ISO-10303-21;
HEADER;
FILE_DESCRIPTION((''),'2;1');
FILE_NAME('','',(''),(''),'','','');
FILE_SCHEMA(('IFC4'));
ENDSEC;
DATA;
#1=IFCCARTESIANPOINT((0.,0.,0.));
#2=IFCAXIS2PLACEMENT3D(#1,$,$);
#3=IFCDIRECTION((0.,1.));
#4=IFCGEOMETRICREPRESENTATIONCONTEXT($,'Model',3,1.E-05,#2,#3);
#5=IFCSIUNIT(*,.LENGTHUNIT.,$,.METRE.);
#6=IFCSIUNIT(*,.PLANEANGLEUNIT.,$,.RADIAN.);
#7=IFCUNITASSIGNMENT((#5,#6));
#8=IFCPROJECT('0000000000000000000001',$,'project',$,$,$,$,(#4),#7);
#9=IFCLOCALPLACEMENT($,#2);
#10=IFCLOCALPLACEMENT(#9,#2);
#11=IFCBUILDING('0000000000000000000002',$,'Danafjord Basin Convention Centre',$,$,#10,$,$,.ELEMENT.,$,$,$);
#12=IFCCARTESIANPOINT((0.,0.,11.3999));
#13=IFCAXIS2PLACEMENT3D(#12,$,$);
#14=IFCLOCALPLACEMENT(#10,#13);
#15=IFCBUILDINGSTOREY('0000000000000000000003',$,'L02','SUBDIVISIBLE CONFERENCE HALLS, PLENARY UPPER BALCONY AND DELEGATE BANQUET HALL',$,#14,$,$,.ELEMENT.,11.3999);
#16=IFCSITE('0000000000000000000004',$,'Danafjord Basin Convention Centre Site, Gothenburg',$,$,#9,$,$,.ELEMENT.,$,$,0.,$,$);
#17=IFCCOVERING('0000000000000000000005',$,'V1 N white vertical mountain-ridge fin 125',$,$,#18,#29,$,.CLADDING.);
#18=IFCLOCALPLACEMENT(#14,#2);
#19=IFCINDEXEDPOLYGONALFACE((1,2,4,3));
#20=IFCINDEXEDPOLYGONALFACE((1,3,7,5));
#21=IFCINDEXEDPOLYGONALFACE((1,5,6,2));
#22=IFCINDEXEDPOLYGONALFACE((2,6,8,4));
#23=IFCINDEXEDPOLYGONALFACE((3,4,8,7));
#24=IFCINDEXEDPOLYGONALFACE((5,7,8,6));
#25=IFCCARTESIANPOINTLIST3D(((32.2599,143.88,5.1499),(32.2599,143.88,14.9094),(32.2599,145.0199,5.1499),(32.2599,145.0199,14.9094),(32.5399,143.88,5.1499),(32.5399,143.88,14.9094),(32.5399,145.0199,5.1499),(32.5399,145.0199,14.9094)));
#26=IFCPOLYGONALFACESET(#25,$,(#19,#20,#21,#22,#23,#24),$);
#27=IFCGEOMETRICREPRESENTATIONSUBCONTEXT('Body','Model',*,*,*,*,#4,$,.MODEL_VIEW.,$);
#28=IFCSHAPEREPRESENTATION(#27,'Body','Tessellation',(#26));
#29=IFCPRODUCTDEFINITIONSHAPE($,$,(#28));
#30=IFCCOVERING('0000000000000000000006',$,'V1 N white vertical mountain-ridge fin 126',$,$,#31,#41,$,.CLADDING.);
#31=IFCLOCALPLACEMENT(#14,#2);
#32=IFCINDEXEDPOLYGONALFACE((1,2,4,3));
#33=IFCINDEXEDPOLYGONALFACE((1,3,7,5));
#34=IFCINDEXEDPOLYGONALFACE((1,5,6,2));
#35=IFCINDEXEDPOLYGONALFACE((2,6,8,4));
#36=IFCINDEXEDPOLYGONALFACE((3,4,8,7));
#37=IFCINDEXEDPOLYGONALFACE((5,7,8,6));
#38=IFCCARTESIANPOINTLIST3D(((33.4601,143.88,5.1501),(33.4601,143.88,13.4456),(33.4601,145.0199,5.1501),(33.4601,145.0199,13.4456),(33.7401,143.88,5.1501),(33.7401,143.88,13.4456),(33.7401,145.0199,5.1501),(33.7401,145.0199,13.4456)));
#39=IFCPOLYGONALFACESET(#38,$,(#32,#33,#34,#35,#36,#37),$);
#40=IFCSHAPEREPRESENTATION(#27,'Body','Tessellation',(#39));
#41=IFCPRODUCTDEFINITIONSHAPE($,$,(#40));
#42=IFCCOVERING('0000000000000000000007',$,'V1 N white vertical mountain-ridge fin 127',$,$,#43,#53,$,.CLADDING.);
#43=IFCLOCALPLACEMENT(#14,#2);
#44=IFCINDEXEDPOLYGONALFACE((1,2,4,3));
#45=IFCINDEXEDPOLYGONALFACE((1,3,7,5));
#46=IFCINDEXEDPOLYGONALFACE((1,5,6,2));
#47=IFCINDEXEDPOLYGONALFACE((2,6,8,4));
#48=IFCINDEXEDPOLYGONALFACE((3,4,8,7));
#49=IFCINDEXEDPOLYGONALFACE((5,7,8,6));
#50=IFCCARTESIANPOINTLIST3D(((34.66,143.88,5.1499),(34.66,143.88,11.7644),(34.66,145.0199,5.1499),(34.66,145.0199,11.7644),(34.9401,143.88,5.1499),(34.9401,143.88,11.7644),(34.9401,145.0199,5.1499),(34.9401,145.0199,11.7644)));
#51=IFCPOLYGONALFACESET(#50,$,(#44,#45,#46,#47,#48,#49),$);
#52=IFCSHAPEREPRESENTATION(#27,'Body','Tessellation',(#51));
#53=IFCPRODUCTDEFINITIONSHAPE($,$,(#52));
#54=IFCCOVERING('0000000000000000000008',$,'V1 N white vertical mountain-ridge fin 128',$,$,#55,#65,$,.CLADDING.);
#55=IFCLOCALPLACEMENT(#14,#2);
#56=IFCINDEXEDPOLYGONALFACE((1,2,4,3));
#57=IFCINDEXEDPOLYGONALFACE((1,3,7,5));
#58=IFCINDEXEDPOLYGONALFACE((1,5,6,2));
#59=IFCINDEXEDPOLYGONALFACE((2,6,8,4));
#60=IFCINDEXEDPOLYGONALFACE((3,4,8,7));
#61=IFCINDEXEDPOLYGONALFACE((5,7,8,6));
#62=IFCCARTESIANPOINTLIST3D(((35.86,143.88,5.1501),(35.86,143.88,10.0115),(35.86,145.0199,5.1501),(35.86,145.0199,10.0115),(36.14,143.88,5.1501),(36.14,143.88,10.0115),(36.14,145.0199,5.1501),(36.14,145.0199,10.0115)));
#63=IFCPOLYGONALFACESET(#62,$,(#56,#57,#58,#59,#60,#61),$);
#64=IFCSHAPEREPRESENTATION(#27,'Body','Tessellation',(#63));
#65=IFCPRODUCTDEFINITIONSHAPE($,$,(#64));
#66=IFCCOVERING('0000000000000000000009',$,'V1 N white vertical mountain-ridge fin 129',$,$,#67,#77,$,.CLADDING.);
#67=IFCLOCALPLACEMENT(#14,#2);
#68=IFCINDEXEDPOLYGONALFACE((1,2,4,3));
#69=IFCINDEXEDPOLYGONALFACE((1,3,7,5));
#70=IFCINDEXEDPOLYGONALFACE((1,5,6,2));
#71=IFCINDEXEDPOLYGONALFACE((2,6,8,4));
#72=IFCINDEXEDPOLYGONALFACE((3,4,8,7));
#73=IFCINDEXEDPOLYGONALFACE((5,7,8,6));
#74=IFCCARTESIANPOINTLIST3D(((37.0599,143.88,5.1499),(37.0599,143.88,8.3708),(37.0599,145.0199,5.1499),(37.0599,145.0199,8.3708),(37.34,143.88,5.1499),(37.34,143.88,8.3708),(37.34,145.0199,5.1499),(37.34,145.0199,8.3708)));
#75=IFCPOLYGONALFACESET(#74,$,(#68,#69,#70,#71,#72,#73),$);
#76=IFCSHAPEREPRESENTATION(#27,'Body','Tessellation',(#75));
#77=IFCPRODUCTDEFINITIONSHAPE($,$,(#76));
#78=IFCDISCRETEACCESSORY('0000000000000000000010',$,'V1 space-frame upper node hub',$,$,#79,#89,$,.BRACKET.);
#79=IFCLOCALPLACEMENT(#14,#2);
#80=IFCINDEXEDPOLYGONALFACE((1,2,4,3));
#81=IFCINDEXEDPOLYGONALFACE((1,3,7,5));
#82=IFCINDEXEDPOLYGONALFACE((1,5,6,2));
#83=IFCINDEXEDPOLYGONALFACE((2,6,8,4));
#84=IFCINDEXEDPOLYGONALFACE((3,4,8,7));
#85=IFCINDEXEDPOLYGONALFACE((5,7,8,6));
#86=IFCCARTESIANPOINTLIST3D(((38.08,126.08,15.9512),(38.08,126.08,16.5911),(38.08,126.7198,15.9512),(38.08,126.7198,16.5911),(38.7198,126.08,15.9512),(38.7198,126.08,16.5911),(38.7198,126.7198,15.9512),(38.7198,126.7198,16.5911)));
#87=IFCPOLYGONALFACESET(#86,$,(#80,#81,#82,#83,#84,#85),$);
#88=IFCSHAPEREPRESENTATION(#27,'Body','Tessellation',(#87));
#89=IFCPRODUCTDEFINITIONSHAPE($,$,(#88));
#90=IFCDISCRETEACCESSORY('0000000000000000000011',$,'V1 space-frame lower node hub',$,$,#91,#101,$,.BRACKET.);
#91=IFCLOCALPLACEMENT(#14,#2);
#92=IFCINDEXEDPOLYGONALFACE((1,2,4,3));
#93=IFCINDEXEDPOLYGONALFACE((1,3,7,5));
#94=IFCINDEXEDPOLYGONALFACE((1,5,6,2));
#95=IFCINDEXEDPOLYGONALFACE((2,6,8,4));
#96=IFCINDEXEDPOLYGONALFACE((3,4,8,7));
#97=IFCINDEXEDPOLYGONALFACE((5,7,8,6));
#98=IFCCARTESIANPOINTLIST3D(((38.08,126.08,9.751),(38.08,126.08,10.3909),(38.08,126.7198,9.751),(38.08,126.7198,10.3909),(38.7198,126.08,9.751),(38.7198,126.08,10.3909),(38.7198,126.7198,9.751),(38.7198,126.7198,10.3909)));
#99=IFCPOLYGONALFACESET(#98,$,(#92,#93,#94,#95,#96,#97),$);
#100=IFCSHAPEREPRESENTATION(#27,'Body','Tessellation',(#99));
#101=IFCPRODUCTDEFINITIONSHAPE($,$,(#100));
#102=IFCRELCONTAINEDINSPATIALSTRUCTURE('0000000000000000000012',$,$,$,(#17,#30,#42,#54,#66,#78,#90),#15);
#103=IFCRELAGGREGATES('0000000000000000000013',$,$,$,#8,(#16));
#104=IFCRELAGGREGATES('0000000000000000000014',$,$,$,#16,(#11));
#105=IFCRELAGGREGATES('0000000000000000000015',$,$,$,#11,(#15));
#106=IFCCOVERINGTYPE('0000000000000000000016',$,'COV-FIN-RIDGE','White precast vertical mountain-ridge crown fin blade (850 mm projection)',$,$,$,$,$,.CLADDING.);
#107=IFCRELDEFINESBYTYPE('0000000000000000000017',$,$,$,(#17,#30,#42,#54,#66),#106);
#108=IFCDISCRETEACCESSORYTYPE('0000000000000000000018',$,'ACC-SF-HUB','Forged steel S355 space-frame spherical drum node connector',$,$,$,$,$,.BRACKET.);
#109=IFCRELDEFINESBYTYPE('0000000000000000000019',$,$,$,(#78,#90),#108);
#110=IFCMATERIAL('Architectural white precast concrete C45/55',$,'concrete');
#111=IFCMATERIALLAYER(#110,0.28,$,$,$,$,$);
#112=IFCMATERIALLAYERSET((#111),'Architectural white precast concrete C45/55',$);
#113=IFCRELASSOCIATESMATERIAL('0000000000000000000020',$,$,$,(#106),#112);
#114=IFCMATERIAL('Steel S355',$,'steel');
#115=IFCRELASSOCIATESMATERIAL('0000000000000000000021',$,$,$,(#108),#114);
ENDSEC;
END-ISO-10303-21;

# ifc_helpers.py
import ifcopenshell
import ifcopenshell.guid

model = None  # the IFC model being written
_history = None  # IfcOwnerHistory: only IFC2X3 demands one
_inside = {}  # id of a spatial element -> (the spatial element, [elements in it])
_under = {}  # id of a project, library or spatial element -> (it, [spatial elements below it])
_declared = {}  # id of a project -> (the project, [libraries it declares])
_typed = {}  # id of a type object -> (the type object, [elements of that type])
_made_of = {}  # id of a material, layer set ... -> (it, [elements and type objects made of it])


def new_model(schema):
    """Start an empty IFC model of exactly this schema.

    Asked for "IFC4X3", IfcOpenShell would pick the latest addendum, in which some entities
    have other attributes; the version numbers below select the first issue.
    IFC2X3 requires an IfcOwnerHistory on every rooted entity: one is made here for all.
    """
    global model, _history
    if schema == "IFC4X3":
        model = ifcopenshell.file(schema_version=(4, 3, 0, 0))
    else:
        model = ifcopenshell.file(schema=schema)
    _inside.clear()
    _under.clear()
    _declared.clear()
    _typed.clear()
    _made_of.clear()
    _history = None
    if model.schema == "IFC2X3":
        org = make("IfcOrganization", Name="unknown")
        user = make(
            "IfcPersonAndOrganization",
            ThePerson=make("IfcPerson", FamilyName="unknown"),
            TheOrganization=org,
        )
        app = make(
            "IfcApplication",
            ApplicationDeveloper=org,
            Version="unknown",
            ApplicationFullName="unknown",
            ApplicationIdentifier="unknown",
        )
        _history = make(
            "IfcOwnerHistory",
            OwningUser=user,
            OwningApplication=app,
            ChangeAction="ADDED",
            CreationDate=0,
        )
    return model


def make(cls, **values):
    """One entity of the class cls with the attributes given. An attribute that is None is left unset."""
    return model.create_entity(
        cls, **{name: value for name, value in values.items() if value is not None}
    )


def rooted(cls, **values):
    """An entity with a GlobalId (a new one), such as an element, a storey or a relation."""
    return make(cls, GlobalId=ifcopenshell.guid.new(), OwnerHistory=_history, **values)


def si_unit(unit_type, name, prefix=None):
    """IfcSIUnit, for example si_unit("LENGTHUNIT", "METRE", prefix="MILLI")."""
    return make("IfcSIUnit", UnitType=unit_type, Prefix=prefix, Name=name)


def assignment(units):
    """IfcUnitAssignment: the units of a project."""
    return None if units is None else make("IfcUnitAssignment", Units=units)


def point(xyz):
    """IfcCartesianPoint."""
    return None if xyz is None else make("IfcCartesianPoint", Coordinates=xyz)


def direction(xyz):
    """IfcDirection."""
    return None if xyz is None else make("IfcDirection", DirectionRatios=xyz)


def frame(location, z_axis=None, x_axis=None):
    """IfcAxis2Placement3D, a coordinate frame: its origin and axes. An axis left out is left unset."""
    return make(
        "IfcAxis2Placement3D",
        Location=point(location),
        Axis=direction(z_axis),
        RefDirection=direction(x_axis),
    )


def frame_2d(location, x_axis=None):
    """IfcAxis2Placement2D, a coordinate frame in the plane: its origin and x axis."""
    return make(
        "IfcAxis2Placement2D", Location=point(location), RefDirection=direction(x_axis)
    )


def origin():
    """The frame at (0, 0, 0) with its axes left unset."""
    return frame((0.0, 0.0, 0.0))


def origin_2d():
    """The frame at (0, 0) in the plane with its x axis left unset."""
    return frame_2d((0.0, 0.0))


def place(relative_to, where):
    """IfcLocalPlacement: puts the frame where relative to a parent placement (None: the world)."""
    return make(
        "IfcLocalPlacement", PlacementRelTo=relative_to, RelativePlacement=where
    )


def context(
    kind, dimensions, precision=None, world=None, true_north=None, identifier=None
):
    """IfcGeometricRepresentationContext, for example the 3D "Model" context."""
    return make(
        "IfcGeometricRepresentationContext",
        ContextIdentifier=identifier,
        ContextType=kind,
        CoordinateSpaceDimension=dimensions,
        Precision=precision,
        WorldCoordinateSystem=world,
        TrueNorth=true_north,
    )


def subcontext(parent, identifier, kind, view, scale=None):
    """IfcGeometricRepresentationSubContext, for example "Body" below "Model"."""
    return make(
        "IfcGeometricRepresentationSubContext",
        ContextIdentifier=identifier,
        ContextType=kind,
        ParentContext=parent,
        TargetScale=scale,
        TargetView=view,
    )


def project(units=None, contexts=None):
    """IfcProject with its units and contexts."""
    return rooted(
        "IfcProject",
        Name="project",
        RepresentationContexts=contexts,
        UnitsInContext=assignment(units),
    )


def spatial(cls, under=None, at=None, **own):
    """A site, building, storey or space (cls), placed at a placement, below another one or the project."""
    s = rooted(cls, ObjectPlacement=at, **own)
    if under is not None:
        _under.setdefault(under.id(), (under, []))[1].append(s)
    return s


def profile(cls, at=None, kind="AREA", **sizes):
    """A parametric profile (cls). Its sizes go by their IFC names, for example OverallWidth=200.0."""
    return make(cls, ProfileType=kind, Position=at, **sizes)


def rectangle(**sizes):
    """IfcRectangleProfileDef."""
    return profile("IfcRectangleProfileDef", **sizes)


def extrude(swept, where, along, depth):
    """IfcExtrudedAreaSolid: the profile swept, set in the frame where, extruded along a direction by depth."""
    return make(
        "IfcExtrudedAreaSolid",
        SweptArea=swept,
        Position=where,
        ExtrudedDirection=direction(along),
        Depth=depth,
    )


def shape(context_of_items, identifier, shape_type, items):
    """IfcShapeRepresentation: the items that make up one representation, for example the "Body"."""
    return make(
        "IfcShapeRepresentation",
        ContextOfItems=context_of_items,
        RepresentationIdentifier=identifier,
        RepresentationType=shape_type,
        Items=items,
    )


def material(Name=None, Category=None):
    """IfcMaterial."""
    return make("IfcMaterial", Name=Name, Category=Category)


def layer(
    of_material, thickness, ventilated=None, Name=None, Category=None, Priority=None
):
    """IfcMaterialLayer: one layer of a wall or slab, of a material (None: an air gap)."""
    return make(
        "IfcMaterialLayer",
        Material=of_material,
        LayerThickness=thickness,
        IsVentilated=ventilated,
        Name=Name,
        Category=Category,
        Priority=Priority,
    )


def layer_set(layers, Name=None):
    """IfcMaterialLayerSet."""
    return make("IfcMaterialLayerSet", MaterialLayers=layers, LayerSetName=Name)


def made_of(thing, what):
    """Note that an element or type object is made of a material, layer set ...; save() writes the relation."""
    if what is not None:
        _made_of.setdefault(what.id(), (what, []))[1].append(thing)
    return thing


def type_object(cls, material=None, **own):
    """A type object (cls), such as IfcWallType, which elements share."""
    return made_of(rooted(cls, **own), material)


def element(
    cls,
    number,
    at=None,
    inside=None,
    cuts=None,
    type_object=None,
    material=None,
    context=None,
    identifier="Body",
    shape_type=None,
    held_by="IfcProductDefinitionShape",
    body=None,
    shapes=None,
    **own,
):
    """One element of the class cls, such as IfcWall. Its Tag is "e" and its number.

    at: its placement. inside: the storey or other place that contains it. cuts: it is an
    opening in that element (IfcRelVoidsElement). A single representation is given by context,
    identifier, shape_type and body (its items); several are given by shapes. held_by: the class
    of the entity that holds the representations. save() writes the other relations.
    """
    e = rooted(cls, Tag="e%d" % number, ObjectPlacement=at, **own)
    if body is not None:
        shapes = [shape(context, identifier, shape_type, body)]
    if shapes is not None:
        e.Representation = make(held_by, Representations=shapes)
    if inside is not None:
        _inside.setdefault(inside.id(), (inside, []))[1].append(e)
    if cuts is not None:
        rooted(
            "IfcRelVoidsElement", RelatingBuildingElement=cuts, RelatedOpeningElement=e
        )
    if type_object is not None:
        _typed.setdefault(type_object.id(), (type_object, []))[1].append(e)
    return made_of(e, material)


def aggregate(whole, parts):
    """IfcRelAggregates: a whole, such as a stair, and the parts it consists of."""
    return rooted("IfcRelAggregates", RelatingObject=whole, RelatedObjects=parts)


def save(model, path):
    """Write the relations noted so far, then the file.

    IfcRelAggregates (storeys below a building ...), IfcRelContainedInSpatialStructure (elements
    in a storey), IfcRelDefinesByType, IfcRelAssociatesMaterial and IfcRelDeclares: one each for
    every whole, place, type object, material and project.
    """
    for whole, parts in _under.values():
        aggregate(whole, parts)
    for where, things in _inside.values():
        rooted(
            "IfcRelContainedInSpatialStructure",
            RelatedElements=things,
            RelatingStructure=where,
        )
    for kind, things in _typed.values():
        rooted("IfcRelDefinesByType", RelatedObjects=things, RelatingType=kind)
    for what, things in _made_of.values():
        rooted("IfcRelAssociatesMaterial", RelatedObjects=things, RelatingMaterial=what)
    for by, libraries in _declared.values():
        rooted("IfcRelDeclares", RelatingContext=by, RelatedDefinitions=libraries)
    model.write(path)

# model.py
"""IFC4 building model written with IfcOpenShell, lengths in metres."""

from ifc_helpers import new_model, si_unit, direction, frame, origin, origin_2d, place, context, subcontext, project, spatial, rectangle, extrude, material, layer, layer_set, type_object, element, save


model = new_model("IFC4")

# Units and contexts
model_context = context("Model", 3, precision=1e-05, world=origin(), true_north=direction((0.0, 1.0)))
body_context = subcontext(model_context, "Body", "Model", "MODEL_VIEW")
ifc_project = project(units=[si_unit("LENGTHUNIT", "METRE"), si_unit("PLANEANGLEUNIT", "RADIAN")], contexts=[model_context])

# Site, building, storey
site_placement = place(None, origin())
site = spatial("IfcSite", under=ifc_project, at=site_placement, Name="Danafjord Basin Convention Centre Site, Gothenburg", CompositionType="ELEMENT", RefElevation=0.0)
building_placement = place(site_placement, origin())
building = spatial("IfcBuilding", under=site, at=building_placement, Name="Danafjord Basin Convention Centre", CompositionType="ELEMENT")
storey_placement = place(building_placement, frame((0.0, 0.0, 11.3999)))
storey = spatial("IfcBuildingStorey", under=building, at=storey_placement, Name="L02", Description="SUBDIVISIBLE CONFERENCE HALLS, PLENARY UPPER BALCONY AND DELEGATE BANQUET HALL", CompositionType="ELEMENT", Elevation=11.3999)

# Shared definitions
ifc_material_1 = material(Name="Steel S355", Category="steel")

# Coverings
ifc_material_2 = material(Name="Architectural white precast concrete C45/55", Category="concrete")
ifc_layer_1 = layer(ifc_material_2, 0.28)
ifc_layer_set_1 = layer_set([ifc_layer_1], Name="Architectural white precast concrete C45/55")
covering_type = type_object("IfcCoveringType", Name="COV-FIN-RIDGE", Description="White precast vertical mountain-ridge crown fin blade (850 mm projection)", PredefinedType="CLADDING", material=ifc_layer_set_1)
covering_1_placement = place(storey_placement, frame((32.3999, 144.45, 5.1499), z_axis=(0.0, 0.0, 1.0), x_axis=(0.0, 1.0, 0.0)))
element("IfcCovering", 1, at=covering_1_placement, inside=storey, type_object=covering_type, Name="V1 N white vertical mountain-ridge fin 125", PredefinedType="CLADDING", context=body_context, shape_type="SweptSolid", body=[
    extrude(rectangle(XDim=1.1399, YDim=0.28, at=origin_2d()), origin(), (0.0, 0.0, 1.0), 9.7595),
])
covering_2_placement = place(storey_placement, frame((33.6001, 144.45, 5.1501), z_axis=(0.0, 0.0, 1.0), x_axis=(0.0, 1.0, 0.0)))
element("IfcCovering", 2, at=covering_2_placement, inside=storey, type_object=covering_type, Name="V1 N white vertical mountain-ridge fin 126", PredefinedType="CLADDING", context=body_context, shape_type="SweptSolid", body=[
    extrude(rectangle(XDim=1.1399, YDim=0.28, at=origin_2d()), origin(), (0.0, 0.0, 1.0), 8.2954),
])
covering_3_placement = place(storey_placement, frame((34.8, 144.45, 5.1499), z_axis=(0.0, 0.0, 1.0), x_axis=(0.0, 1.0, 0.0)))
element("IfcCovering", 3, at=covering_3_placement, inside=storey, type_object=covering_type, Name="V1 N white vertical mountain-ridge fin 127", PredefinedType="CLADDING", context=body_context, shape_type="SweptSolid", body=[
    extrude(rectangle(XDim=1.1399, YDim=0.28, at=origin_2d()), origin(), (0.0, 0.0, 1.0), 6.6145),
])
covering_4_placement = place(storey_placement, frame((36.0, 144.45, 5.1501), z_axis=(0.0, 0.0, 1.0), x_axis=(0.0, 1.0, 0.0)))
element("IfcCovering", 4, at=covering_4_placement, inside=storey, type_object=covering_type, Name="V1 N white vertical mountain-ridge fin 128", PredefinedType="CLADDING", context=body_context, shape_type="SweptSolid", body=[
    extrude(rectangle(XDim=1.1399, YDim=0.28, at=origin_2d()), origin(), (0.0, 0.0, 1.0), 4.8613),
])
covering_5_placement = place(storey_placement, frame((37.2, 144.45, 5.1499), z_axis=(0.0, 0.0, 1.0), x_axis=(0.0, 1.0, 0.0)))
element("IfcCovering", 5, at=covering_5_placement, inside=storey, type_object=covering_type, Name="V1 N white vertical mountain-ridge fin 129", PredefinedType="CLADDING", context=body_context, shape_type="SweptSolid", body=[
    extrude(rectangle(XDim=1.1399, YDim=0.28, at=origin_2d()), origin(), (0.0, 0.0, 1.0), 3.2209),
])

# Discrete accessories
discrete_accessory_type = type_object("IfcDiscreteAccessoryType", Name="ACC-SF-HUB", Description="Forged steel S355 space-frame spherical drum node connector", PredefinedType="BRACKET", material=ifc_material_1)
for number, where, z_axis, x_axis, name in (
    (6, (38.3999, 126.3999, 15.9512), (0.0, 0.0, 1.0), (1.0, 0.0, 0.0), "V1 space-frame upper node hub"),
    (7, (38.3999, 126.3999, 9.751), (0.0, 0.0, 1.0), (1.0, 0.0, 0.0), "V1 space-frame lower node hub"),
):
    element("IfcDiscreteAccessory", number, at=place(storey_placement, frame(where, z_axis=z_axis, x_axis=x_axis)), inside=storey, type_object=discrete_accessory_type, Name=name, PredefinedType="BRACKET", context=body_context, shape_type="SweptSolid", body=[
        extrude(rectangle(XDim=0.6399, YDim=0.6399, at=origin_2d()), origin(), (0.0, 0.0, 1.0), 0.6399),
    ])

save(model, "model.ifc")
